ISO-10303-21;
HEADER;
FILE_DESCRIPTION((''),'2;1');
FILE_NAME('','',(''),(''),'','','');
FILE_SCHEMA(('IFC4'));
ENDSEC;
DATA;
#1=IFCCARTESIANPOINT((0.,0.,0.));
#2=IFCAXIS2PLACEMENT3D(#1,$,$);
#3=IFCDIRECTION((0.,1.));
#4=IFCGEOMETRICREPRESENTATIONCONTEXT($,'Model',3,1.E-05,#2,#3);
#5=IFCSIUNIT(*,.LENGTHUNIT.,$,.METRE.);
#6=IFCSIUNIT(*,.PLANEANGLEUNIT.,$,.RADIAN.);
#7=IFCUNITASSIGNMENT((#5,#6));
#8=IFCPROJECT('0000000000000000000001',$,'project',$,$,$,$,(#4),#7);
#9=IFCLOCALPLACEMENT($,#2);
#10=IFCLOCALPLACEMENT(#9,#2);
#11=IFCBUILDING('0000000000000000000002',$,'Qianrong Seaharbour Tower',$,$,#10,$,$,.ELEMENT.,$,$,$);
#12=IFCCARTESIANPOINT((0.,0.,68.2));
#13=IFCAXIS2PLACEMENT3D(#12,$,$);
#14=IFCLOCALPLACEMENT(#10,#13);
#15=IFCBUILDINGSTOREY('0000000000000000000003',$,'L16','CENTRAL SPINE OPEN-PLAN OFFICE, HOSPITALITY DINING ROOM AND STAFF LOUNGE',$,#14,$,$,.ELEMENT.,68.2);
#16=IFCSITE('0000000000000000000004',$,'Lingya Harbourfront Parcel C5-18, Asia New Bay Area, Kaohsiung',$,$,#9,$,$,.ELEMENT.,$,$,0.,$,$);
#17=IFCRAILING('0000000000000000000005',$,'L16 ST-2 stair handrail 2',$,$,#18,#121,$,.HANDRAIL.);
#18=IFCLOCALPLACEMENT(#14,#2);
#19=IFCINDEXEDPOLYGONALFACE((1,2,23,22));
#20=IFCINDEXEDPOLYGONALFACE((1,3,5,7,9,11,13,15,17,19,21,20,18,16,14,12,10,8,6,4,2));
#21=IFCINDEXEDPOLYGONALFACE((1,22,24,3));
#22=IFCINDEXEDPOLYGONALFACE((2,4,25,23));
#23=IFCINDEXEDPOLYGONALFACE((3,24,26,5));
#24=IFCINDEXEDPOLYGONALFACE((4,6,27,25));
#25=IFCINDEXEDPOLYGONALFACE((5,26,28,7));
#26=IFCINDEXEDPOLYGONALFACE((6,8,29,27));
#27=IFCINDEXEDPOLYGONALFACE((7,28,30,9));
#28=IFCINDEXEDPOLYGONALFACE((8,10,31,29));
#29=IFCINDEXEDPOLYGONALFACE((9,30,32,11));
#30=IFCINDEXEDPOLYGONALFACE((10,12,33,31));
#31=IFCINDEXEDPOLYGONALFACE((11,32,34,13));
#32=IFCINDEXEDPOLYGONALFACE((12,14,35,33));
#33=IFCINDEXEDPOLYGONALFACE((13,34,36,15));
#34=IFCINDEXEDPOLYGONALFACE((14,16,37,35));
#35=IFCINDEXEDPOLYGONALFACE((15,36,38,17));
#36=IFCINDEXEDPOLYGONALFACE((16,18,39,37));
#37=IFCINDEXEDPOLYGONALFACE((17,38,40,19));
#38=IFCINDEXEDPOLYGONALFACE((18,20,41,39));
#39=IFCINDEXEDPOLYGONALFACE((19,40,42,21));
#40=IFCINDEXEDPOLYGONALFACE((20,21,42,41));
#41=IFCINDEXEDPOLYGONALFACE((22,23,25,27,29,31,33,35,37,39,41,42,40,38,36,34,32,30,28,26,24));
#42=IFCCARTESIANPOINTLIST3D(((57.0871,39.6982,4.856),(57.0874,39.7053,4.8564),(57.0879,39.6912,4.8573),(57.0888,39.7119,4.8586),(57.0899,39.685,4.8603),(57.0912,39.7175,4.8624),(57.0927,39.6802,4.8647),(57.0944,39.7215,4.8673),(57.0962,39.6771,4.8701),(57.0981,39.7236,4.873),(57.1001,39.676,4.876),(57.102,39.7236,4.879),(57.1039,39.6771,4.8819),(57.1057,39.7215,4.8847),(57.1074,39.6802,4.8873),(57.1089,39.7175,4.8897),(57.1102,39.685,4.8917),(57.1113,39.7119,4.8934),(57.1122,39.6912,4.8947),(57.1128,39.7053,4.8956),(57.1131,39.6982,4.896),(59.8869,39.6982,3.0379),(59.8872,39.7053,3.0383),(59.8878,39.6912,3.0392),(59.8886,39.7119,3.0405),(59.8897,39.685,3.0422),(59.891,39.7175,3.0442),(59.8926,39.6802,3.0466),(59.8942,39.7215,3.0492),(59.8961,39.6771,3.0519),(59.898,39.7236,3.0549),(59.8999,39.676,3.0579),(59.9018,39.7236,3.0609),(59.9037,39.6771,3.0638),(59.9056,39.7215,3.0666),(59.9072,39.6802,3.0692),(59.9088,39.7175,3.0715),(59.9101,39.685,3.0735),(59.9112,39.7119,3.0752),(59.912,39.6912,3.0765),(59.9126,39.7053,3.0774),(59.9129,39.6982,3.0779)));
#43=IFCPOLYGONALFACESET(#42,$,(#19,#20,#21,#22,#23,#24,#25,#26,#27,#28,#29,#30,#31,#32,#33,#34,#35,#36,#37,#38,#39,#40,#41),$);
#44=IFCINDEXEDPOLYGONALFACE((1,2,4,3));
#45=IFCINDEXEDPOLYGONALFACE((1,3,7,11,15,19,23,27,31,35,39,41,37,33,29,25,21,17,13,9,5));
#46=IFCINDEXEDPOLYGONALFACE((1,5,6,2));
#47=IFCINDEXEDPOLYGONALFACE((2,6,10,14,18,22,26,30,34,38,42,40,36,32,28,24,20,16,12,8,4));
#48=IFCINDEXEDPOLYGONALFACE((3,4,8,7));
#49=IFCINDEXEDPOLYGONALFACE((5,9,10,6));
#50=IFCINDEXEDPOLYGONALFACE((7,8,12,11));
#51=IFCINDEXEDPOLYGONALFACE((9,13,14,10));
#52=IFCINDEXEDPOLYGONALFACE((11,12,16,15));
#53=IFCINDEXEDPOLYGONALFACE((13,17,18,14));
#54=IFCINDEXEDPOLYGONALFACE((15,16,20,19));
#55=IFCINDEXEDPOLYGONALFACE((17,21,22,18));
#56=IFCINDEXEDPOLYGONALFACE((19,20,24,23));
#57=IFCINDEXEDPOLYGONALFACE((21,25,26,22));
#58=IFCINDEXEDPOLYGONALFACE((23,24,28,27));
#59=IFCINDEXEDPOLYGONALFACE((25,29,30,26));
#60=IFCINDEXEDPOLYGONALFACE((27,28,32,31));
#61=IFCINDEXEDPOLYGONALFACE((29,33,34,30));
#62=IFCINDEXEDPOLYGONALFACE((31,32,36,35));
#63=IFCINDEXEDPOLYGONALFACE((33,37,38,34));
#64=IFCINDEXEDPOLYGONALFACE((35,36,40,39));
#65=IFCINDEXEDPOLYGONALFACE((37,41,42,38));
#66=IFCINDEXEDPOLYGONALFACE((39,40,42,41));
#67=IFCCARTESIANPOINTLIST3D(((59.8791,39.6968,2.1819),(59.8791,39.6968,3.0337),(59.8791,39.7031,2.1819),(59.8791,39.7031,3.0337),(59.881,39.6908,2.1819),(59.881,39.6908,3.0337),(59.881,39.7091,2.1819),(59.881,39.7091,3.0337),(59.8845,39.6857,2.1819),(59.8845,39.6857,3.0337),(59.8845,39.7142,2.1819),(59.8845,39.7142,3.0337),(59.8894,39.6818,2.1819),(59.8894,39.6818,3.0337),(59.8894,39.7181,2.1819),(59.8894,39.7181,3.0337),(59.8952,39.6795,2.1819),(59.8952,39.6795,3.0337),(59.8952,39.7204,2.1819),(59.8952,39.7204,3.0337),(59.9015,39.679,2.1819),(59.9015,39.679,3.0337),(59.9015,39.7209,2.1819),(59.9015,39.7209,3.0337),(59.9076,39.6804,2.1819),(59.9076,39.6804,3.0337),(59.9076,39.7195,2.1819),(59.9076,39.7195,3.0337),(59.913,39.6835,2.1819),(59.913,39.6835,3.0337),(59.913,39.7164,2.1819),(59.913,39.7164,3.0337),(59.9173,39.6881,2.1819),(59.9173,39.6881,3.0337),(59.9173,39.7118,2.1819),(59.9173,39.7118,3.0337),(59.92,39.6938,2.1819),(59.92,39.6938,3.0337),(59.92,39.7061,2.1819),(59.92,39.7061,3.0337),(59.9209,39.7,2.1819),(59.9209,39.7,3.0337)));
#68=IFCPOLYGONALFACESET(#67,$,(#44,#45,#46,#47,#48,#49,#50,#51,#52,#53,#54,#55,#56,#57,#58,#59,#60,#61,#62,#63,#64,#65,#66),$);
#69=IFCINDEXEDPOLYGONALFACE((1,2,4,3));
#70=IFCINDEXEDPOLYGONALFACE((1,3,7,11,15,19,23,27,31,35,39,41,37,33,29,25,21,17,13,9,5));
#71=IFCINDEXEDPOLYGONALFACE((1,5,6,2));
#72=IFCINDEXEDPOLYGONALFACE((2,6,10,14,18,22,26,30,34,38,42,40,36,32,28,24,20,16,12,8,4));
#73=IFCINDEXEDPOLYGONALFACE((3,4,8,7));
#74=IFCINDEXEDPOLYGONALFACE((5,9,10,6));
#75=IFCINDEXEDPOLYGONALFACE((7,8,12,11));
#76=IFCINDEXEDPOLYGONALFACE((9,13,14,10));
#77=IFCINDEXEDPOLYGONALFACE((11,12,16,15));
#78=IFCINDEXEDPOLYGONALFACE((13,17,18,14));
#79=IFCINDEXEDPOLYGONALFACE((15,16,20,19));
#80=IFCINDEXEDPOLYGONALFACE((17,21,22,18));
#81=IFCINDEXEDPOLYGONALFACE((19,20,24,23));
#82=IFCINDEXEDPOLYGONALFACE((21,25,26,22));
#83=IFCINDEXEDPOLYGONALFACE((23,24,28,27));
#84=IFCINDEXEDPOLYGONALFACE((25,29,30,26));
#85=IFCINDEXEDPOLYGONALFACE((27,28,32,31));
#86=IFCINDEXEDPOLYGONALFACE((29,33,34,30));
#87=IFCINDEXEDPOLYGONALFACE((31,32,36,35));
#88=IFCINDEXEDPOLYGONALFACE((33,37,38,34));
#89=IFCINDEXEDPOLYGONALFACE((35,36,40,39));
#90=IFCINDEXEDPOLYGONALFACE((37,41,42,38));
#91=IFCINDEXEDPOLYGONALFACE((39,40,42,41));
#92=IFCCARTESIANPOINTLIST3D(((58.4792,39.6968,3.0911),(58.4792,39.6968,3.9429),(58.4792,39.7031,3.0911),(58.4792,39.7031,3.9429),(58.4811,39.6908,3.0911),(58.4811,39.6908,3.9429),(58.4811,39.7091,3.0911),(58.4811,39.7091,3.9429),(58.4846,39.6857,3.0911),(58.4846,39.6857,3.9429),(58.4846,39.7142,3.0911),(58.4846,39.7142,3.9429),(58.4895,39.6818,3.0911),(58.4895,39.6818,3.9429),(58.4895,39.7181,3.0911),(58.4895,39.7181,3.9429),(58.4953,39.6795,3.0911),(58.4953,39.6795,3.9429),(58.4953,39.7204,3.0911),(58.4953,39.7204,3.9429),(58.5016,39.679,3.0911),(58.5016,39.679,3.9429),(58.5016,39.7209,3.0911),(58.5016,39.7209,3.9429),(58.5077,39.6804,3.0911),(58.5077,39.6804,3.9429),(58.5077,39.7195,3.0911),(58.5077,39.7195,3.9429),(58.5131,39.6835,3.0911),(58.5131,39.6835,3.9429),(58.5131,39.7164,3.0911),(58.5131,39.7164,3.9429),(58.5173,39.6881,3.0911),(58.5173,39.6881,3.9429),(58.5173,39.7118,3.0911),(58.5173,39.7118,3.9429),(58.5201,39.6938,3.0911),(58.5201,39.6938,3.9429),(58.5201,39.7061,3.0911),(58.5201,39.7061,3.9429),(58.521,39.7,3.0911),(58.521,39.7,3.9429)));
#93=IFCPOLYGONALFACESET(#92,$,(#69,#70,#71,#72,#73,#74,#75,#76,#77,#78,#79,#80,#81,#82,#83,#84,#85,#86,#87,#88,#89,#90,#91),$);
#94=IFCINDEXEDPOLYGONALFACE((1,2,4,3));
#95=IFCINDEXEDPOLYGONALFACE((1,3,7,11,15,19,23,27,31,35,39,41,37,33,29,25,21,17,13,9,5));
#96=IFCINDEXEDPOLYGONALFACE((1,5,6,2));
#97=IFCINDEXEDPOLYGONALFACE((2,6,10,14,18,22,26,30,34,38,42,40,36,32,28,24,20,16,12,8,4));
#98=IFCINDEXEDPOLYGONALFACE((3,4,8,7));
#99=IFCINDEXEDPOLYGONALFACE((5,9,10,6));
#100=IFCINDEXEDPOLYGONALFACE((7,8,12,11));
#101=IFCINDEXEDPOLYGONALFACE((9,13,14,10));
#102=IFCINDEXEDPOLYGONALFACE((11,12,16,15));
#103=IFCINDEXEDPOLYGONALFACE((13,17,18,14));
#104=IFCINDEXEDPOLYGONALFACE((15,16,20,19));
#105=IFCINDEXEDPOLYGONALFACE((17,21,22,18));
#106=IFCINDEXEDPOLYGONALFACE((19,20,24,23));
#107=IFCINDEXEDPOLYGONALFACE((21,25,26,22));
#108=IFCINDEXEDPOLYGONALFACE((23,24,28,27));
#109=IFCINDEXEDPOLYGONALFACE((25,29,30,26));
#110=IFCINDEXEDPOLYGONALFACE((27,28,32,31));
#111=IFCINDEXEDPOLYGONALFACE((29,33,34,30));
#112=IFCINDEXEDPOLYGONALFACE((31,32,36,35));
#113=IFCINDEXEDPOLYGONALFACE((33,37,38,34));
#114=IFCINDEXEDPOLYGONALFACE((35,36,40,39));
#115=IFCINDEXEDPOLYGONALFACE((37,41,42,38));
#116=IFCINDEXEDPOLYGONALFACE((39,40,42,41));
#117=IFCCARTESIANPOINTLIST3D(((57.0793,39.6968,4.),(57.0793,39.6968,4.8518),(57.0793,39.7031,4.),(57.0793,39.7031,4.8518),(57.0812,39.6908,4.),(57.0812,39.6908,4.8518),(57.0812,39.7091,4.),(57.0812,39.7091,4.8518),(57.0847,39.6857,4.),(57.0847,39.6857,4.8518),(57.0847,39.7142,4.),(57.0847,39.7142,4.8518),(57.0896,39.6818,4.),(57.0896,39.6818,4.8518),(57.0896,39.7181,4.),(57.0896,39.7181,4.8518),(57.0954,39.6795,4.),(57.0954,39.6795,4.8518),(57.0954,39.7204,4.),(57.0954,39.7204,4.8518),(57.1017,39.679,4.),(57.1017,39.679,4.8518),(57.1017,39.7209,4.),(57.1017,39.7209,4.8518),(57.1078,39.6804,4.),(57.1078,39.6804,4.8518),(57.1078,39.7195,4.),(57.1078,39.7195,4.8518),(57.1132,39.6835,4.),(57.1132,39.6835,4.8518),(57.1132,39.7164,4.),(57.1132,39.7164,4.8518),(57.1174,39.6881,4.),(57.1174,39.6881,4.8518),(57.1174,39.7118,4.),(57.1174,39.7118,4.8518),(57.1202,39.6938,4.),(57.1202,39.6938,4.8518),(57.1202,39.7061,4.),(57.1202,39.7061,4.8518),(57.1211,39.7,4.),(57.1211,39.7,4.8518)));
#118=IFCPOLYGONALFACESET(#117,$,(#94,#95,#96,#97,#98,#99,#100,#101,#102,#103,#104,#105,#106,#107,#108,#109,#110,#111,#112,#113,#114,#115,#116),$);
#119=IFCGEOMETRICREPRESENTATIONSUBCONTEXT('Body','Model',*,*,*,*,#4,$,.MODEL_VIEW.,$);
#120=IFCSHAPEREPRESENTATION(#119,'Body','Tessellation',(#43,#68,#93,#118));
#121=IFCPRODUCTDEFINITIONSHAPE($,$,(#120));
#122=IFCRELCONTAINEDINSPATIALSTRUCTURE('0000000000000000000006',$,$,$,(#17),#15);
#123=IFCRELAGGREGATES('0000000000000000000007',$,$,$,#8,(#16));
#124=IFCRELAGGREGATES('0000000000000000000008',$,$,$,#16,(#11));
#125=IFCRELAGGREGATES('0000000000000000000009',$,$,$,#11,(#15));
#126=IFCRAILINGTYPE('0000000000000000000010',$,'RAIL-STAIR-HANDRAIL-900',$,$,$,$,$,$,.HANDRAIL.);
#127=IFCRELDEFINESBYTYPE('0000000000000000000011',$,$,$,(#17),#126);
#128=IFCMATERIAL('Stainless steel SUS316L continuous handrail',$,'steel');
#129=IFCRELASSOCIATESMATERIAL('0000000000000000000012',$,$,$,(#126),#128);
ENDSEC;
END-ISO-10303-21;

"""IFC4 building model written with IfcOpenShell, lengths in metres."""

from ifc_helpers import new_model, si_unit, direction, frame, origin, origin_2d, place, context, subcontext, project, spatial, circle, extrude, material, type_object, element, save


model = new_model("IFC4")

# Units and contexts
model_context = context("Model", 3, precision=1e-05, world=origin(), true_north=direction((0.0, 1.0)))
body_context = subcontext(model_context, "Body", "Model", "MODEL_VIEW")
ifc_project = project(units=[si_unit("LENGTHUNIT", "METRE"), si_unit("PLANEANGLEUNIT", "RADIAN")], contexts=[model_context])

# Site, building, storey
site_placement = place(None, origin())
site = spatial("IfcSite", under=ifc_project, at=site_placement, Name="Lingya Harbourfront Parcel C5-18, Asia New Bay Area, Kaohsiung", CompositionType="ELEMENT", RefElevation=0.0)
building_placement = place(site_placement, origin())
building = spatial("IfcBuilding", under=site, at=building_placement, Name="Qianrong Seaharbour Tower", CompositionType="ELEMENT")
storey_placement = place(building_placement, frame((0.0, 0.0, 68.2)))
storey = spatial("IfcBuildingStorey", under=building, at=storey_placement, Name="L16", Description="CENTRAL SPINE OPEN-PLAN OFFICE, HOSPITALITY DINING ROOM AND STAFF LOUNGE", CompositionType="ELEMENT", Elevation=68.2)

# Railing
ifc_material_1 = material(Name="Stainless steel SUS316L continuous handrail", Category="steel")
railing_type_1 = type_object("IfcRailingType", Name="RAIL-STAIR-HANDRAIL-900", PredefinedType="HANDRAIL", material=ifc_material_1)
railing_1_placement = place(storey_placement, frame((59.8999, 39.7, 2.1819)))
element("IfcRailing", 1, at=railing_1_placement, inside=storey, type_object=railing_type_1, Name="L16 ST-2 stair handrail 2", PredefinedType="HANDRAIL", context=body_context, shape_type="SweptSolid", body=[
    extrude(circle(Radius=0.0239, at=origin_2d()), frame((0.0, 0.0, 0.876), z_axis=(-0.838684, 0.0, 0.544618), x_axis=(0.0, -1.0, 0.0)), (0.0, 0.0, 1.0), 3.3384),
    extrude(circle(Radius=0.021, at=origin_2d()), origin(), (0.0, 0.0, 1.0), 0.8518),
    extrude(circle(Radius=0.021, at=origin_2d()), frame((-1.3999, 0.0, 0.9092)), (0.0, 0.0, 1.0), 0.8518),
    extrude(circle(Radius=0.021, at=origin_2d()), frame((-2.7998, 0.0, 1.8181)), (0.0, 0.0, 1.0), 0.8518),
])

save(model, "model.ifc")
